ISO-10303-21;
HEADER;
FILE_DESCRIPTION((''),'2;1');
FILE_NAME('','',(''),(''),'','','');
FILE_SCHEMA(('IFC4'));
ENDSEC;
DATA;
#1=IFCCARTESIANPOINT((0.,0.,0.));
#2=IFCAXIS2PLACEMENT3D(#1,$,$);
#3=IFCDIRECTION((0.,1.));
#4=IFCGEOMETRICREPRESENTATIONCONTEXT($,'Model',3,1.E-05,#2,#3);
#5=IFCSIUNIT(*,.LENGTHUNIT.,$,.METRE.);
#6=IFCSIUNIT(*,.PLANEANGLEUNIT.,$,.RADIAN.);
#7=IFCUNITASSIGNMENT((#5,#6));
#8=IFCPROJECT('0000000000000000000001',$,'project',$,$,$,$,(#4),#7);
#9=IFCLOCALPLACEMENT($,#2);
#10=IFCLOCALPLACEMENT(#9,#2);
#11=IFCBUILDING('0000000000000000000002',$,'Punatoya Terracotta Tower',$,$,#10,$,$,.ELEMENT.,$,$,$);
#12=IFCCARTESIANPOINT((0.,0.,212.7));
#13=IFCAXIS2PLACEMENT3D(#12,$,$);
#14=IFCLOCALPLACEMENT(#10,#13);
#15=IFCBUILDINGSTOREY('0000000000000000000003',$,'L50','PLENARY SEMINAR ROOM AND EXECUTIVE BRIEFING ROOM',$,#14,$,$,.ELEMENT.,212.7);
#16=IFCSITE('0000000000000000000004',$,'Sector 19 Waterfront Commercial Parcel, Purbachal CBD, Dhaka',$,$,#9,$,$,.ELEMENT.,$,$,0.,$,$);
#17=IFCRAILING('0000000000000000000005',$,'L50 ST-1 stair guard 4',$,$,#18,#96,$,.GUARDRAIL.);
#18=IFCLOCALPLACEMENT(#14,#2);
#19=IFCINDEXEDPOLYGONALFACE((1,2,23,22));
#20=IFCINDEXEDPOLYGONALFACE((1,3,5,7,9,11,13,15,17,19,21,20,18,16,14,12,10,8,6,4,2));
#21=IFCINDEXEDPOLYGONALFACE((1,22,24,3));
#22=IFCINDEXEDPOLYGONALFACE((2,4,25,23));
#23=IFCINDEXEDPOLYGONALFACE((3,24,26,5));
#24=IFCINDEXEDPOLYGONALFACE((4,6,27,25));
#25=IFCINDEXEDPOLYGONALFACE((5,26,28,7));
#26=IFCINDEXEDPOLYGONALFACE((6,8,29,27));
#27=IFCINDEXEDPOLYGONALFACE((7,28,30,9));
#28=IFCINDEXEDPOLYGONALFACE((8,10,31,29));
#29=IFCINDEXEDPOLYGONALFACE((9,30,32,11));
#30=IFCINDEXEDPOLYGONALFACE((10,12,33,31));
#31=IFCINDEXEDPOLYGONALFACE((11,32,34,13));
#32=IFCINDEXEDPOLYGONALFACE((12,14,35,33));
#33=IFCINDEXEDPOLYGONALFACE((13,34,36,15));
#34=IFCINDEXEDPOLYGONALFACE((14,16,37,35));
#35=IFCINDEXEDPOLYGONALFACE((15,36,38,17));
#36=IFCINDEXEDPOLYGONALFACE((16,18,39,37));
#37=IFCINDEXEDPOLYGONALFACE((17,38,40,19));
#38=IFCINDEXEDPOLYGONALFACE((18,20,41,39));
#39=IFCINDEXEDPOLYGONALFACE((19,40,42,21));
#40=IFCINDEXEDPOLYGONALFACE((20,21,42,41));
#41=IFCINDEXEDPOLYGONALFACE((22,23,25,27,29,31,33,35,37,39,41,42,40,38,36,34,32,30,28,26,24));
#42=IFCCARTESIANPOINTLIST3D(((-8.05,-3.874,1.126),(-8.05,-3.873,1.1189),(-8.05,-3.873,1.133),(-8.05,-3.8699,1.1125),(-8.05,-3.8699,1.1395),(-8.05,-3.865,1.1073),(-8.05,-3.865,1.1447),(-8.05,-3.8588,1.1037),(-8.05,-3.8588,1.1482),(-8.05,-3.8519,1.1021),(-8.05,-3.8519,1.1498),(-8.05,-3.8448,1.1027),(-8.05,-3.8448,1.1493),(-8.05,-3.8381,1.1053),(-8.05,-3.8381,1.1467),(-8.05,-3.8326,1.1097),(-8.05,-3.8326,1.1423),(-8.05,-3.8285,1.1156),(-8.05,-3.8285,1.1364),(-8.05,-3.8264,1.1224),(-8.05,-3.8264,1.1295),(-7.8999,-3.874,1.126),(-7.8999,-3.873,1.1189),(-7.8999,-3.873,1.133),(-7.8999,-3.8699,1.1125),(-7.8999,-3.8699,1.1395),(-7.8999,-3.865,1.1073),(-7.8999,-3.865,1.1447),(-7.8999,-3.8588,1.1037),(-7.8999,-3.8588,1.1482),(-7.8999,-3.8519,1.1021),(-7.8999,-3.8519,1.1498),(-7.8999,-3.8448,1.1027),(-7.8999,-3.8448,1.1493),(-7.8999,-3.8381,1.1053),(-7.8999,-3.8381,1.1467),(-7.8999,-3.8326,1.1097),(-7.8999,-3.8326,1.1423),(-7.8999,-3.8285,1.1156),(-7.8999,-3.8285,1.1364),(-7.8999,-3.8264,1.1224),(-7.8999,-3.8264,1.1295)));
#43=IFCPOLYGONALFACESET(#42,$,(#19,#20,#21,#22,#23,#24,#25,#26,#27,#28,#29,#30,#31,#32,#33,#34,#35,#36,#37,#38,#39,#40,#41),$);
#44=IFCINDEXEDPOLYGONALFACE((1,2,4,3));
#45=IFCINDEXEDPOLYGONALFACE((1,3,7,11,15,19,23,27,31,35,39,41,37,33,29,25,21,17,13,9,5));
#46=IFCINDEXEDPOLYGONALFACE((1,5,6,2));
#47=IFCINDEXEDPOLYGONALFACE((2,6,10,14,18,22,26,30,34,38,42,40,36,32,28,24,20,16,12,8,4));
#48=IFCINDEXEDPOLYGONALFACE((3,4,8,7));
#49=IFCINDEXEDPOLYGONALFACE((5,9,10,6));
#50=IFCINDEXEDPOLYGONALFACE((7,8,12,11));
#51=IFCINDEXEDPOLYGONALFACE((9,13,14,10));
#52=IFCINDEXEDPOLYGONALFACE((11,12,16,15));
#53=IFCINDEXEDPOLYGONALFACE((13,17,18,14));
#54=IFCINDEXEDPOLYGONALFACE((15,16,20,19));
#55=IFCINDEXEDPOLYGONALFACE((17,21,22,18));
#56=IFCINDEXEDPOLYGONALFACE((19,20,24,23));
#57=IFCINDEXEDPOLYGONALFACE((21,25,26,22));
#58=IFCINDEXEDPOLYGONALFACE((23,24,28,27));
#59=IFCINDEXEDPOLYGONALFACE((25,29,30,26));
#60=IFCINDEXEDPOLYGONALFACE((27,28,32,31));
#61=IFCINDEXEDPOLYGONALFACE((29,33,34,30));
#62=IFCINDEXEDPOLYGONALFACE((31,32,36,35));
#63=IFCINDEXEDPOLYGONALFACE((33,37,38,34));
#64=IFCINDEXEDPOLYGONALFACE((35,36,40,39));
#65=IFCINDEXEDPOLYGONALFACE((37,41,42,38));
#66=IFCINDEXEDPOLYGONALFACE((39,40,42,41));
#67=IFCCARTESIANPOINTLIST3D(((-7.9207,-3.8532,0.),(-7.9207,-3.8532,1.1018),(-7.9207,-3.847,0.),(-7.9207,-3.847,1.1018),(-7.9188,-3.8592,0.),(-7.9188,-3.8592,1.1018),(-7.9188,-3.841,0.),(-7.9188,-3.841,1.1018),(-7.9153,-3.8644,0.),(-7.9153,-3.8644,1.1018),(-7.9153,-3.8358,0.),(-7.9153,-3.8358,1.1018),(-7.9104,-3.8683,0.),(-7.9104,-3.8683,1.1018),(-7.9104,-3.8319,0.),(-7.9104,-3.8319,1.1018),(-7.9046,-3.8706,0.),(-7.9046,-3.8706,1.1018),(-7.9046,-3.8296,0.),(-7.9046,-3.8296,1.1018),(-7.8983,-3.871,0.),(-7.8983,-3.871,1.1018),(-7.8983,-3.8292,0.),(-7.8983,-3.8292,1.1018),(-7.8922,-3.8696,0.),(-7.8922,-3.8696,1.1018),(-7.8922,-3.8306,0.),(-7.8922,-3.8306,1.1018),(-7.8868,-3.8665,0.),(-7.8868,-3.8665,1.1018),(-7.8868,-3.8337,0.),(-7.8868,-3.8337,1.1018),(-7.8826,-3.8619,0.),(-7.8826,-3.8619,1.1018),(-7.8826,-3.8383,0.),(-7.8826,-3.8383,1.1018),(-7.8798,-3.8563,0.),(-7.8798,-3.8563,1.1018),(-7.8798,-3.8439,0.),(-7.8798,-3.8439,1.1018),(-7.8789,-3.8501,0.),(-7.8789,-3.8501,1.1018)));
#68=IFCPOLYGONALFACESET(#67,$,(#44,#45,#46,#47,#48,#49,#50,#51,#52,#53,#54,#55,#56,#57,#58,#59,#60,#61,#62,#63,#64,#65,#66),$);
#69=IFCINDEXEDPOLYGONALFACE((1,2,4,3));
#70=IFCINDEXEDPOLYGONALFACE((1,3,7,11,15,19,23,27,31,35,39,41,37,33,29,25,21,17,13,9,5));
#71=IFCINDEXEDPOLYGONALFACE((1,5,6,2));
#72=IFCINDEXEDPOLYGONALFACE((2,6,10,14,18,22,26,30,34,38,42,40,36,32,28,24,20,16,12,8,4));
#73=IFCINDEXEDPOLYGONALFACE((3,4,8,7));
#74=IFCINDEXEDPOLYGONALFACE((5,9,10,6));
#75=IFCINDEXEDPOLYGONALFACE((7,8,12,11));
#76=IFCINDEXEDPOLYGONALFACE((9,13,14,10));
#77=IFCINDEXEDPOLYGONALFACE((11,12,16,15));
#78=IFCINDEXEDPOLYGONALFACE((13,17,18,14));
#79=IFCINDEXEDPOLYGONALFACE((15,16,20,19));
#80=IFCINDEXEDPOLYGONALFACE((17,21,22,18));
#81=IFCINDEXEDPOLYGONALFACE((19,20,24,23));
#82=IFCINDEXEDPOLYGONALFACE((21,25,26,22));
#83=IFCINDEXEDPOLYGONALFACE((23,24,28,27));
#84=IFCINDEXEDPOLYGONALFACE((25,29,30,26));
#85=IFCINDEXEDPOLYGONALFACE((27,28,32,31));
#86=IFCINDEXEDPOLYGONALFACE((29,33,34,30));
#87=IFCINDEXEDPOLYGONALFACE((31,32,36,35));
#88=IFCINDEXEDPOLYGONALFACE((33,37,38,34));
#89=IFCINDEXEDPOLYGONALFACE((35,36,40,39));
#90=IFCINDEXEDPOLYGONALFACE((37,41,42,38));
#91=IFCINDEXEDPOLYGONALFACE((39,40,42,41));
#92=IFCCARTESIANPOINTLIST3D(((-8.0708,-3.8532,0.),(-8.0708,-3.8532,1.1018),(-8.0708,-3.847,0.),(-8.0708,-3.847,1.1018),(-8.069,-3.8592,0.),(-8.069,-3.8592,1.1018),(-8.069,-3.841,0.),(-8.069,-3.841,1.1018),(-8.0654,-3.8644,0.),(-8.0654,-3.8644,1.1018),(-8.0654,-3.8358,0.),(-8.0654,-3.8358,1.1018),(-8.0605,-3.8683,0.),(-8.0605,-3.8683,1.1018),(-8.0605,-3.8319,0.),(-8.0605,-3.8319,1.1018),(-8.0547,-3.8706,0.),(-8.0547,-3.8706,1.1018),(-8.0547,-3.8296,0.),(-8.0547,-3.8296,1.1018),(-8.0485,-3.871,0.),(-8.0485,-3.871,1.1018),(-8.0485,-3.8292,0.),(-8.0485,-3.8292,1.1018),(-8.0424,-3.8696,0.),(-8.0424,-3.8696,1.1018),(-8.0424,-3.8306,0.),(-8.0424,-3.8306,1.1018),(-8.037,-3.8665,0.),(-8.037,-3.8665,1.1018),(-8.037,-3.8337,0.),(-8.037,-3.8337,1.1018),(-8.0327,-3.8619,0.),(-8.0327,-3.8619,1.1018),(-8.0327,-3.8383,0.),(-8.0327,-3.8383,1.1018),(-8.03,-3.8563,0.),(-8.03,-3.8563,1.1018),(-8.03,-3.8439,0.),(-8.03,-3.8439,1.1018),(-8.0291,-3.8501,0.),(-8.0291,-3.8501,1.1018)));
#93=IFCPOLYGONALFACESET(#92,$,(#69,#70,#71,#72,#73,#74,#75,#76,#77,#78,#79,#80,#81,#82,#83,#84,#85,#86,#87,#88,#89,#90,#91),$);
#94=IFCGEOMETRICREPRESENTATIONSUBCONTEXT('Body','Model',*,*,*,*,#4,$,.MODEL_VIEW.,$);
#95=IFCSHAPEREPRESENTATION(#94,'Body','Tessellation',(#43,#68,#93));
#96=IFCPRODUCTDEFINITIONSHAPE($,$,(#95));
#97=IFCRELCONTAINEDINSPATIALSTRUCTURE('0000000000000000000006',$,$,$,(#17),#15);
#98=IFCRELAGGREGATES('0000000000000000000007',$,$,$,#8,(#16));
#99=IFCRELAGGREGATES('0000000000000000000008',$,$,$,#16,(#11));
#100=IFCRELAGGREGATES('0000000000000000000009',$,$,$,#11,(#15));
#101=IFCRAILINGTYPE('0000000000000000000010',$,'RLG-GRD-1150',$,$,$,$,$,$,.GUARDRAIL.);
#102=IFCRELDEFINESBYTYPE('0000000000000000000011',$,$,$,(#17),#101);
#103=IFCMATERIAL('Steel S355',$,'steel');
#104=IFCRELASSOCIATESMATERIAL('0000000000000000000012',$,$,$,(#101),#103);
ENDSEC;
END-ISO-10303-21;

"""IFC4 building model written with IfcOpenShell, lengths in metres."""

from ifc_helpers import new_model, si_unit, direction, frame, origin, origin_2d, place, context, subcontext, project, spatial, circle, extrude, material, type_object, element, save


model = new_model("IFC4")

# Units and contexts
model_context = context("Model", 3, precision=1e-05, world=origin(), true_north=direction((0.0, 1.0)))
body_context = subcontext(model_context, "Body", "Model", "MODEL_VIEW")
ifc_project = project(units=[si_unit("LENGTHUNIT", "METRE"), si_unit("PLANEANGLEUNIT", "RADIAN")], contexts=[model_context])

# Site, building, storey
site_placement = place(None, origin())
site = spatial("IfcSite", under=ifc_project, at=site_placement, Name="Sector 19 Waterfront Commercial Parcel, Purbachal CBD, Dhaka", CompositionType="ELEMENT", RefElevation=0.0)
building_placement = place(site_placement, origin())
building = spatial("IfcBuilding", under=site, at=building_placement, Name="Punatoya Terracotta Tower", CompositionType="ELEMENT")
storey_placement = place(building_placement, frame((0.0, 0.0, 212.7)))
storey = spatial("IfcBuildingStorey", under=building, at=storey_placement, Name="L50", Description="PLENARY SEMINAR ROOM AND EXECUTIVE BRIEFING ROOM", CompositionType="ELEMENT", Elevation=212.7)

# Shared definitions
ifc_material_1 = material(Name="Steel S355", Category="steel")

# Railing
railing_type_1 = type_object("IfcRailingType", Name="RLG-GRD-1150", PredefinedType="GUARDRAIL", material=ifc_material_1)
railing_1_placement = place(storey_placement, frame((-7.8999, -3.8501, 0.0)))
element("IfcRailing", 1, at=railing_1_placement, inside=storey, type_object=railing_type_1, Name="L50 ST-1 stair guard 4", PredefinedType="GUARDRAIL", context=body_context, shape_type="SweptSolid", body=[
    extrude(circle(Radius=0.0239, at=origin_2d()), frame((0.0, 0.0, 1.126), z_axis=(-1.0, 0.0, 0.0), x_axis=(0.0, -1.0, 0.0)), (0.0, 0.0, 1.0), 0.1501),
    extrude(circle(Radius=0.021, at=origin_2d()), origin(), (0.0, 0.0, 1.0), 1.1018),
    extrude(circle(Radius=0.021, at=origin_2d()), frame((-0.1501, 0.0, 0.0)), (0.0, 0.0, 1.0), 1.1018),
])

save(model, "model.ifc")
